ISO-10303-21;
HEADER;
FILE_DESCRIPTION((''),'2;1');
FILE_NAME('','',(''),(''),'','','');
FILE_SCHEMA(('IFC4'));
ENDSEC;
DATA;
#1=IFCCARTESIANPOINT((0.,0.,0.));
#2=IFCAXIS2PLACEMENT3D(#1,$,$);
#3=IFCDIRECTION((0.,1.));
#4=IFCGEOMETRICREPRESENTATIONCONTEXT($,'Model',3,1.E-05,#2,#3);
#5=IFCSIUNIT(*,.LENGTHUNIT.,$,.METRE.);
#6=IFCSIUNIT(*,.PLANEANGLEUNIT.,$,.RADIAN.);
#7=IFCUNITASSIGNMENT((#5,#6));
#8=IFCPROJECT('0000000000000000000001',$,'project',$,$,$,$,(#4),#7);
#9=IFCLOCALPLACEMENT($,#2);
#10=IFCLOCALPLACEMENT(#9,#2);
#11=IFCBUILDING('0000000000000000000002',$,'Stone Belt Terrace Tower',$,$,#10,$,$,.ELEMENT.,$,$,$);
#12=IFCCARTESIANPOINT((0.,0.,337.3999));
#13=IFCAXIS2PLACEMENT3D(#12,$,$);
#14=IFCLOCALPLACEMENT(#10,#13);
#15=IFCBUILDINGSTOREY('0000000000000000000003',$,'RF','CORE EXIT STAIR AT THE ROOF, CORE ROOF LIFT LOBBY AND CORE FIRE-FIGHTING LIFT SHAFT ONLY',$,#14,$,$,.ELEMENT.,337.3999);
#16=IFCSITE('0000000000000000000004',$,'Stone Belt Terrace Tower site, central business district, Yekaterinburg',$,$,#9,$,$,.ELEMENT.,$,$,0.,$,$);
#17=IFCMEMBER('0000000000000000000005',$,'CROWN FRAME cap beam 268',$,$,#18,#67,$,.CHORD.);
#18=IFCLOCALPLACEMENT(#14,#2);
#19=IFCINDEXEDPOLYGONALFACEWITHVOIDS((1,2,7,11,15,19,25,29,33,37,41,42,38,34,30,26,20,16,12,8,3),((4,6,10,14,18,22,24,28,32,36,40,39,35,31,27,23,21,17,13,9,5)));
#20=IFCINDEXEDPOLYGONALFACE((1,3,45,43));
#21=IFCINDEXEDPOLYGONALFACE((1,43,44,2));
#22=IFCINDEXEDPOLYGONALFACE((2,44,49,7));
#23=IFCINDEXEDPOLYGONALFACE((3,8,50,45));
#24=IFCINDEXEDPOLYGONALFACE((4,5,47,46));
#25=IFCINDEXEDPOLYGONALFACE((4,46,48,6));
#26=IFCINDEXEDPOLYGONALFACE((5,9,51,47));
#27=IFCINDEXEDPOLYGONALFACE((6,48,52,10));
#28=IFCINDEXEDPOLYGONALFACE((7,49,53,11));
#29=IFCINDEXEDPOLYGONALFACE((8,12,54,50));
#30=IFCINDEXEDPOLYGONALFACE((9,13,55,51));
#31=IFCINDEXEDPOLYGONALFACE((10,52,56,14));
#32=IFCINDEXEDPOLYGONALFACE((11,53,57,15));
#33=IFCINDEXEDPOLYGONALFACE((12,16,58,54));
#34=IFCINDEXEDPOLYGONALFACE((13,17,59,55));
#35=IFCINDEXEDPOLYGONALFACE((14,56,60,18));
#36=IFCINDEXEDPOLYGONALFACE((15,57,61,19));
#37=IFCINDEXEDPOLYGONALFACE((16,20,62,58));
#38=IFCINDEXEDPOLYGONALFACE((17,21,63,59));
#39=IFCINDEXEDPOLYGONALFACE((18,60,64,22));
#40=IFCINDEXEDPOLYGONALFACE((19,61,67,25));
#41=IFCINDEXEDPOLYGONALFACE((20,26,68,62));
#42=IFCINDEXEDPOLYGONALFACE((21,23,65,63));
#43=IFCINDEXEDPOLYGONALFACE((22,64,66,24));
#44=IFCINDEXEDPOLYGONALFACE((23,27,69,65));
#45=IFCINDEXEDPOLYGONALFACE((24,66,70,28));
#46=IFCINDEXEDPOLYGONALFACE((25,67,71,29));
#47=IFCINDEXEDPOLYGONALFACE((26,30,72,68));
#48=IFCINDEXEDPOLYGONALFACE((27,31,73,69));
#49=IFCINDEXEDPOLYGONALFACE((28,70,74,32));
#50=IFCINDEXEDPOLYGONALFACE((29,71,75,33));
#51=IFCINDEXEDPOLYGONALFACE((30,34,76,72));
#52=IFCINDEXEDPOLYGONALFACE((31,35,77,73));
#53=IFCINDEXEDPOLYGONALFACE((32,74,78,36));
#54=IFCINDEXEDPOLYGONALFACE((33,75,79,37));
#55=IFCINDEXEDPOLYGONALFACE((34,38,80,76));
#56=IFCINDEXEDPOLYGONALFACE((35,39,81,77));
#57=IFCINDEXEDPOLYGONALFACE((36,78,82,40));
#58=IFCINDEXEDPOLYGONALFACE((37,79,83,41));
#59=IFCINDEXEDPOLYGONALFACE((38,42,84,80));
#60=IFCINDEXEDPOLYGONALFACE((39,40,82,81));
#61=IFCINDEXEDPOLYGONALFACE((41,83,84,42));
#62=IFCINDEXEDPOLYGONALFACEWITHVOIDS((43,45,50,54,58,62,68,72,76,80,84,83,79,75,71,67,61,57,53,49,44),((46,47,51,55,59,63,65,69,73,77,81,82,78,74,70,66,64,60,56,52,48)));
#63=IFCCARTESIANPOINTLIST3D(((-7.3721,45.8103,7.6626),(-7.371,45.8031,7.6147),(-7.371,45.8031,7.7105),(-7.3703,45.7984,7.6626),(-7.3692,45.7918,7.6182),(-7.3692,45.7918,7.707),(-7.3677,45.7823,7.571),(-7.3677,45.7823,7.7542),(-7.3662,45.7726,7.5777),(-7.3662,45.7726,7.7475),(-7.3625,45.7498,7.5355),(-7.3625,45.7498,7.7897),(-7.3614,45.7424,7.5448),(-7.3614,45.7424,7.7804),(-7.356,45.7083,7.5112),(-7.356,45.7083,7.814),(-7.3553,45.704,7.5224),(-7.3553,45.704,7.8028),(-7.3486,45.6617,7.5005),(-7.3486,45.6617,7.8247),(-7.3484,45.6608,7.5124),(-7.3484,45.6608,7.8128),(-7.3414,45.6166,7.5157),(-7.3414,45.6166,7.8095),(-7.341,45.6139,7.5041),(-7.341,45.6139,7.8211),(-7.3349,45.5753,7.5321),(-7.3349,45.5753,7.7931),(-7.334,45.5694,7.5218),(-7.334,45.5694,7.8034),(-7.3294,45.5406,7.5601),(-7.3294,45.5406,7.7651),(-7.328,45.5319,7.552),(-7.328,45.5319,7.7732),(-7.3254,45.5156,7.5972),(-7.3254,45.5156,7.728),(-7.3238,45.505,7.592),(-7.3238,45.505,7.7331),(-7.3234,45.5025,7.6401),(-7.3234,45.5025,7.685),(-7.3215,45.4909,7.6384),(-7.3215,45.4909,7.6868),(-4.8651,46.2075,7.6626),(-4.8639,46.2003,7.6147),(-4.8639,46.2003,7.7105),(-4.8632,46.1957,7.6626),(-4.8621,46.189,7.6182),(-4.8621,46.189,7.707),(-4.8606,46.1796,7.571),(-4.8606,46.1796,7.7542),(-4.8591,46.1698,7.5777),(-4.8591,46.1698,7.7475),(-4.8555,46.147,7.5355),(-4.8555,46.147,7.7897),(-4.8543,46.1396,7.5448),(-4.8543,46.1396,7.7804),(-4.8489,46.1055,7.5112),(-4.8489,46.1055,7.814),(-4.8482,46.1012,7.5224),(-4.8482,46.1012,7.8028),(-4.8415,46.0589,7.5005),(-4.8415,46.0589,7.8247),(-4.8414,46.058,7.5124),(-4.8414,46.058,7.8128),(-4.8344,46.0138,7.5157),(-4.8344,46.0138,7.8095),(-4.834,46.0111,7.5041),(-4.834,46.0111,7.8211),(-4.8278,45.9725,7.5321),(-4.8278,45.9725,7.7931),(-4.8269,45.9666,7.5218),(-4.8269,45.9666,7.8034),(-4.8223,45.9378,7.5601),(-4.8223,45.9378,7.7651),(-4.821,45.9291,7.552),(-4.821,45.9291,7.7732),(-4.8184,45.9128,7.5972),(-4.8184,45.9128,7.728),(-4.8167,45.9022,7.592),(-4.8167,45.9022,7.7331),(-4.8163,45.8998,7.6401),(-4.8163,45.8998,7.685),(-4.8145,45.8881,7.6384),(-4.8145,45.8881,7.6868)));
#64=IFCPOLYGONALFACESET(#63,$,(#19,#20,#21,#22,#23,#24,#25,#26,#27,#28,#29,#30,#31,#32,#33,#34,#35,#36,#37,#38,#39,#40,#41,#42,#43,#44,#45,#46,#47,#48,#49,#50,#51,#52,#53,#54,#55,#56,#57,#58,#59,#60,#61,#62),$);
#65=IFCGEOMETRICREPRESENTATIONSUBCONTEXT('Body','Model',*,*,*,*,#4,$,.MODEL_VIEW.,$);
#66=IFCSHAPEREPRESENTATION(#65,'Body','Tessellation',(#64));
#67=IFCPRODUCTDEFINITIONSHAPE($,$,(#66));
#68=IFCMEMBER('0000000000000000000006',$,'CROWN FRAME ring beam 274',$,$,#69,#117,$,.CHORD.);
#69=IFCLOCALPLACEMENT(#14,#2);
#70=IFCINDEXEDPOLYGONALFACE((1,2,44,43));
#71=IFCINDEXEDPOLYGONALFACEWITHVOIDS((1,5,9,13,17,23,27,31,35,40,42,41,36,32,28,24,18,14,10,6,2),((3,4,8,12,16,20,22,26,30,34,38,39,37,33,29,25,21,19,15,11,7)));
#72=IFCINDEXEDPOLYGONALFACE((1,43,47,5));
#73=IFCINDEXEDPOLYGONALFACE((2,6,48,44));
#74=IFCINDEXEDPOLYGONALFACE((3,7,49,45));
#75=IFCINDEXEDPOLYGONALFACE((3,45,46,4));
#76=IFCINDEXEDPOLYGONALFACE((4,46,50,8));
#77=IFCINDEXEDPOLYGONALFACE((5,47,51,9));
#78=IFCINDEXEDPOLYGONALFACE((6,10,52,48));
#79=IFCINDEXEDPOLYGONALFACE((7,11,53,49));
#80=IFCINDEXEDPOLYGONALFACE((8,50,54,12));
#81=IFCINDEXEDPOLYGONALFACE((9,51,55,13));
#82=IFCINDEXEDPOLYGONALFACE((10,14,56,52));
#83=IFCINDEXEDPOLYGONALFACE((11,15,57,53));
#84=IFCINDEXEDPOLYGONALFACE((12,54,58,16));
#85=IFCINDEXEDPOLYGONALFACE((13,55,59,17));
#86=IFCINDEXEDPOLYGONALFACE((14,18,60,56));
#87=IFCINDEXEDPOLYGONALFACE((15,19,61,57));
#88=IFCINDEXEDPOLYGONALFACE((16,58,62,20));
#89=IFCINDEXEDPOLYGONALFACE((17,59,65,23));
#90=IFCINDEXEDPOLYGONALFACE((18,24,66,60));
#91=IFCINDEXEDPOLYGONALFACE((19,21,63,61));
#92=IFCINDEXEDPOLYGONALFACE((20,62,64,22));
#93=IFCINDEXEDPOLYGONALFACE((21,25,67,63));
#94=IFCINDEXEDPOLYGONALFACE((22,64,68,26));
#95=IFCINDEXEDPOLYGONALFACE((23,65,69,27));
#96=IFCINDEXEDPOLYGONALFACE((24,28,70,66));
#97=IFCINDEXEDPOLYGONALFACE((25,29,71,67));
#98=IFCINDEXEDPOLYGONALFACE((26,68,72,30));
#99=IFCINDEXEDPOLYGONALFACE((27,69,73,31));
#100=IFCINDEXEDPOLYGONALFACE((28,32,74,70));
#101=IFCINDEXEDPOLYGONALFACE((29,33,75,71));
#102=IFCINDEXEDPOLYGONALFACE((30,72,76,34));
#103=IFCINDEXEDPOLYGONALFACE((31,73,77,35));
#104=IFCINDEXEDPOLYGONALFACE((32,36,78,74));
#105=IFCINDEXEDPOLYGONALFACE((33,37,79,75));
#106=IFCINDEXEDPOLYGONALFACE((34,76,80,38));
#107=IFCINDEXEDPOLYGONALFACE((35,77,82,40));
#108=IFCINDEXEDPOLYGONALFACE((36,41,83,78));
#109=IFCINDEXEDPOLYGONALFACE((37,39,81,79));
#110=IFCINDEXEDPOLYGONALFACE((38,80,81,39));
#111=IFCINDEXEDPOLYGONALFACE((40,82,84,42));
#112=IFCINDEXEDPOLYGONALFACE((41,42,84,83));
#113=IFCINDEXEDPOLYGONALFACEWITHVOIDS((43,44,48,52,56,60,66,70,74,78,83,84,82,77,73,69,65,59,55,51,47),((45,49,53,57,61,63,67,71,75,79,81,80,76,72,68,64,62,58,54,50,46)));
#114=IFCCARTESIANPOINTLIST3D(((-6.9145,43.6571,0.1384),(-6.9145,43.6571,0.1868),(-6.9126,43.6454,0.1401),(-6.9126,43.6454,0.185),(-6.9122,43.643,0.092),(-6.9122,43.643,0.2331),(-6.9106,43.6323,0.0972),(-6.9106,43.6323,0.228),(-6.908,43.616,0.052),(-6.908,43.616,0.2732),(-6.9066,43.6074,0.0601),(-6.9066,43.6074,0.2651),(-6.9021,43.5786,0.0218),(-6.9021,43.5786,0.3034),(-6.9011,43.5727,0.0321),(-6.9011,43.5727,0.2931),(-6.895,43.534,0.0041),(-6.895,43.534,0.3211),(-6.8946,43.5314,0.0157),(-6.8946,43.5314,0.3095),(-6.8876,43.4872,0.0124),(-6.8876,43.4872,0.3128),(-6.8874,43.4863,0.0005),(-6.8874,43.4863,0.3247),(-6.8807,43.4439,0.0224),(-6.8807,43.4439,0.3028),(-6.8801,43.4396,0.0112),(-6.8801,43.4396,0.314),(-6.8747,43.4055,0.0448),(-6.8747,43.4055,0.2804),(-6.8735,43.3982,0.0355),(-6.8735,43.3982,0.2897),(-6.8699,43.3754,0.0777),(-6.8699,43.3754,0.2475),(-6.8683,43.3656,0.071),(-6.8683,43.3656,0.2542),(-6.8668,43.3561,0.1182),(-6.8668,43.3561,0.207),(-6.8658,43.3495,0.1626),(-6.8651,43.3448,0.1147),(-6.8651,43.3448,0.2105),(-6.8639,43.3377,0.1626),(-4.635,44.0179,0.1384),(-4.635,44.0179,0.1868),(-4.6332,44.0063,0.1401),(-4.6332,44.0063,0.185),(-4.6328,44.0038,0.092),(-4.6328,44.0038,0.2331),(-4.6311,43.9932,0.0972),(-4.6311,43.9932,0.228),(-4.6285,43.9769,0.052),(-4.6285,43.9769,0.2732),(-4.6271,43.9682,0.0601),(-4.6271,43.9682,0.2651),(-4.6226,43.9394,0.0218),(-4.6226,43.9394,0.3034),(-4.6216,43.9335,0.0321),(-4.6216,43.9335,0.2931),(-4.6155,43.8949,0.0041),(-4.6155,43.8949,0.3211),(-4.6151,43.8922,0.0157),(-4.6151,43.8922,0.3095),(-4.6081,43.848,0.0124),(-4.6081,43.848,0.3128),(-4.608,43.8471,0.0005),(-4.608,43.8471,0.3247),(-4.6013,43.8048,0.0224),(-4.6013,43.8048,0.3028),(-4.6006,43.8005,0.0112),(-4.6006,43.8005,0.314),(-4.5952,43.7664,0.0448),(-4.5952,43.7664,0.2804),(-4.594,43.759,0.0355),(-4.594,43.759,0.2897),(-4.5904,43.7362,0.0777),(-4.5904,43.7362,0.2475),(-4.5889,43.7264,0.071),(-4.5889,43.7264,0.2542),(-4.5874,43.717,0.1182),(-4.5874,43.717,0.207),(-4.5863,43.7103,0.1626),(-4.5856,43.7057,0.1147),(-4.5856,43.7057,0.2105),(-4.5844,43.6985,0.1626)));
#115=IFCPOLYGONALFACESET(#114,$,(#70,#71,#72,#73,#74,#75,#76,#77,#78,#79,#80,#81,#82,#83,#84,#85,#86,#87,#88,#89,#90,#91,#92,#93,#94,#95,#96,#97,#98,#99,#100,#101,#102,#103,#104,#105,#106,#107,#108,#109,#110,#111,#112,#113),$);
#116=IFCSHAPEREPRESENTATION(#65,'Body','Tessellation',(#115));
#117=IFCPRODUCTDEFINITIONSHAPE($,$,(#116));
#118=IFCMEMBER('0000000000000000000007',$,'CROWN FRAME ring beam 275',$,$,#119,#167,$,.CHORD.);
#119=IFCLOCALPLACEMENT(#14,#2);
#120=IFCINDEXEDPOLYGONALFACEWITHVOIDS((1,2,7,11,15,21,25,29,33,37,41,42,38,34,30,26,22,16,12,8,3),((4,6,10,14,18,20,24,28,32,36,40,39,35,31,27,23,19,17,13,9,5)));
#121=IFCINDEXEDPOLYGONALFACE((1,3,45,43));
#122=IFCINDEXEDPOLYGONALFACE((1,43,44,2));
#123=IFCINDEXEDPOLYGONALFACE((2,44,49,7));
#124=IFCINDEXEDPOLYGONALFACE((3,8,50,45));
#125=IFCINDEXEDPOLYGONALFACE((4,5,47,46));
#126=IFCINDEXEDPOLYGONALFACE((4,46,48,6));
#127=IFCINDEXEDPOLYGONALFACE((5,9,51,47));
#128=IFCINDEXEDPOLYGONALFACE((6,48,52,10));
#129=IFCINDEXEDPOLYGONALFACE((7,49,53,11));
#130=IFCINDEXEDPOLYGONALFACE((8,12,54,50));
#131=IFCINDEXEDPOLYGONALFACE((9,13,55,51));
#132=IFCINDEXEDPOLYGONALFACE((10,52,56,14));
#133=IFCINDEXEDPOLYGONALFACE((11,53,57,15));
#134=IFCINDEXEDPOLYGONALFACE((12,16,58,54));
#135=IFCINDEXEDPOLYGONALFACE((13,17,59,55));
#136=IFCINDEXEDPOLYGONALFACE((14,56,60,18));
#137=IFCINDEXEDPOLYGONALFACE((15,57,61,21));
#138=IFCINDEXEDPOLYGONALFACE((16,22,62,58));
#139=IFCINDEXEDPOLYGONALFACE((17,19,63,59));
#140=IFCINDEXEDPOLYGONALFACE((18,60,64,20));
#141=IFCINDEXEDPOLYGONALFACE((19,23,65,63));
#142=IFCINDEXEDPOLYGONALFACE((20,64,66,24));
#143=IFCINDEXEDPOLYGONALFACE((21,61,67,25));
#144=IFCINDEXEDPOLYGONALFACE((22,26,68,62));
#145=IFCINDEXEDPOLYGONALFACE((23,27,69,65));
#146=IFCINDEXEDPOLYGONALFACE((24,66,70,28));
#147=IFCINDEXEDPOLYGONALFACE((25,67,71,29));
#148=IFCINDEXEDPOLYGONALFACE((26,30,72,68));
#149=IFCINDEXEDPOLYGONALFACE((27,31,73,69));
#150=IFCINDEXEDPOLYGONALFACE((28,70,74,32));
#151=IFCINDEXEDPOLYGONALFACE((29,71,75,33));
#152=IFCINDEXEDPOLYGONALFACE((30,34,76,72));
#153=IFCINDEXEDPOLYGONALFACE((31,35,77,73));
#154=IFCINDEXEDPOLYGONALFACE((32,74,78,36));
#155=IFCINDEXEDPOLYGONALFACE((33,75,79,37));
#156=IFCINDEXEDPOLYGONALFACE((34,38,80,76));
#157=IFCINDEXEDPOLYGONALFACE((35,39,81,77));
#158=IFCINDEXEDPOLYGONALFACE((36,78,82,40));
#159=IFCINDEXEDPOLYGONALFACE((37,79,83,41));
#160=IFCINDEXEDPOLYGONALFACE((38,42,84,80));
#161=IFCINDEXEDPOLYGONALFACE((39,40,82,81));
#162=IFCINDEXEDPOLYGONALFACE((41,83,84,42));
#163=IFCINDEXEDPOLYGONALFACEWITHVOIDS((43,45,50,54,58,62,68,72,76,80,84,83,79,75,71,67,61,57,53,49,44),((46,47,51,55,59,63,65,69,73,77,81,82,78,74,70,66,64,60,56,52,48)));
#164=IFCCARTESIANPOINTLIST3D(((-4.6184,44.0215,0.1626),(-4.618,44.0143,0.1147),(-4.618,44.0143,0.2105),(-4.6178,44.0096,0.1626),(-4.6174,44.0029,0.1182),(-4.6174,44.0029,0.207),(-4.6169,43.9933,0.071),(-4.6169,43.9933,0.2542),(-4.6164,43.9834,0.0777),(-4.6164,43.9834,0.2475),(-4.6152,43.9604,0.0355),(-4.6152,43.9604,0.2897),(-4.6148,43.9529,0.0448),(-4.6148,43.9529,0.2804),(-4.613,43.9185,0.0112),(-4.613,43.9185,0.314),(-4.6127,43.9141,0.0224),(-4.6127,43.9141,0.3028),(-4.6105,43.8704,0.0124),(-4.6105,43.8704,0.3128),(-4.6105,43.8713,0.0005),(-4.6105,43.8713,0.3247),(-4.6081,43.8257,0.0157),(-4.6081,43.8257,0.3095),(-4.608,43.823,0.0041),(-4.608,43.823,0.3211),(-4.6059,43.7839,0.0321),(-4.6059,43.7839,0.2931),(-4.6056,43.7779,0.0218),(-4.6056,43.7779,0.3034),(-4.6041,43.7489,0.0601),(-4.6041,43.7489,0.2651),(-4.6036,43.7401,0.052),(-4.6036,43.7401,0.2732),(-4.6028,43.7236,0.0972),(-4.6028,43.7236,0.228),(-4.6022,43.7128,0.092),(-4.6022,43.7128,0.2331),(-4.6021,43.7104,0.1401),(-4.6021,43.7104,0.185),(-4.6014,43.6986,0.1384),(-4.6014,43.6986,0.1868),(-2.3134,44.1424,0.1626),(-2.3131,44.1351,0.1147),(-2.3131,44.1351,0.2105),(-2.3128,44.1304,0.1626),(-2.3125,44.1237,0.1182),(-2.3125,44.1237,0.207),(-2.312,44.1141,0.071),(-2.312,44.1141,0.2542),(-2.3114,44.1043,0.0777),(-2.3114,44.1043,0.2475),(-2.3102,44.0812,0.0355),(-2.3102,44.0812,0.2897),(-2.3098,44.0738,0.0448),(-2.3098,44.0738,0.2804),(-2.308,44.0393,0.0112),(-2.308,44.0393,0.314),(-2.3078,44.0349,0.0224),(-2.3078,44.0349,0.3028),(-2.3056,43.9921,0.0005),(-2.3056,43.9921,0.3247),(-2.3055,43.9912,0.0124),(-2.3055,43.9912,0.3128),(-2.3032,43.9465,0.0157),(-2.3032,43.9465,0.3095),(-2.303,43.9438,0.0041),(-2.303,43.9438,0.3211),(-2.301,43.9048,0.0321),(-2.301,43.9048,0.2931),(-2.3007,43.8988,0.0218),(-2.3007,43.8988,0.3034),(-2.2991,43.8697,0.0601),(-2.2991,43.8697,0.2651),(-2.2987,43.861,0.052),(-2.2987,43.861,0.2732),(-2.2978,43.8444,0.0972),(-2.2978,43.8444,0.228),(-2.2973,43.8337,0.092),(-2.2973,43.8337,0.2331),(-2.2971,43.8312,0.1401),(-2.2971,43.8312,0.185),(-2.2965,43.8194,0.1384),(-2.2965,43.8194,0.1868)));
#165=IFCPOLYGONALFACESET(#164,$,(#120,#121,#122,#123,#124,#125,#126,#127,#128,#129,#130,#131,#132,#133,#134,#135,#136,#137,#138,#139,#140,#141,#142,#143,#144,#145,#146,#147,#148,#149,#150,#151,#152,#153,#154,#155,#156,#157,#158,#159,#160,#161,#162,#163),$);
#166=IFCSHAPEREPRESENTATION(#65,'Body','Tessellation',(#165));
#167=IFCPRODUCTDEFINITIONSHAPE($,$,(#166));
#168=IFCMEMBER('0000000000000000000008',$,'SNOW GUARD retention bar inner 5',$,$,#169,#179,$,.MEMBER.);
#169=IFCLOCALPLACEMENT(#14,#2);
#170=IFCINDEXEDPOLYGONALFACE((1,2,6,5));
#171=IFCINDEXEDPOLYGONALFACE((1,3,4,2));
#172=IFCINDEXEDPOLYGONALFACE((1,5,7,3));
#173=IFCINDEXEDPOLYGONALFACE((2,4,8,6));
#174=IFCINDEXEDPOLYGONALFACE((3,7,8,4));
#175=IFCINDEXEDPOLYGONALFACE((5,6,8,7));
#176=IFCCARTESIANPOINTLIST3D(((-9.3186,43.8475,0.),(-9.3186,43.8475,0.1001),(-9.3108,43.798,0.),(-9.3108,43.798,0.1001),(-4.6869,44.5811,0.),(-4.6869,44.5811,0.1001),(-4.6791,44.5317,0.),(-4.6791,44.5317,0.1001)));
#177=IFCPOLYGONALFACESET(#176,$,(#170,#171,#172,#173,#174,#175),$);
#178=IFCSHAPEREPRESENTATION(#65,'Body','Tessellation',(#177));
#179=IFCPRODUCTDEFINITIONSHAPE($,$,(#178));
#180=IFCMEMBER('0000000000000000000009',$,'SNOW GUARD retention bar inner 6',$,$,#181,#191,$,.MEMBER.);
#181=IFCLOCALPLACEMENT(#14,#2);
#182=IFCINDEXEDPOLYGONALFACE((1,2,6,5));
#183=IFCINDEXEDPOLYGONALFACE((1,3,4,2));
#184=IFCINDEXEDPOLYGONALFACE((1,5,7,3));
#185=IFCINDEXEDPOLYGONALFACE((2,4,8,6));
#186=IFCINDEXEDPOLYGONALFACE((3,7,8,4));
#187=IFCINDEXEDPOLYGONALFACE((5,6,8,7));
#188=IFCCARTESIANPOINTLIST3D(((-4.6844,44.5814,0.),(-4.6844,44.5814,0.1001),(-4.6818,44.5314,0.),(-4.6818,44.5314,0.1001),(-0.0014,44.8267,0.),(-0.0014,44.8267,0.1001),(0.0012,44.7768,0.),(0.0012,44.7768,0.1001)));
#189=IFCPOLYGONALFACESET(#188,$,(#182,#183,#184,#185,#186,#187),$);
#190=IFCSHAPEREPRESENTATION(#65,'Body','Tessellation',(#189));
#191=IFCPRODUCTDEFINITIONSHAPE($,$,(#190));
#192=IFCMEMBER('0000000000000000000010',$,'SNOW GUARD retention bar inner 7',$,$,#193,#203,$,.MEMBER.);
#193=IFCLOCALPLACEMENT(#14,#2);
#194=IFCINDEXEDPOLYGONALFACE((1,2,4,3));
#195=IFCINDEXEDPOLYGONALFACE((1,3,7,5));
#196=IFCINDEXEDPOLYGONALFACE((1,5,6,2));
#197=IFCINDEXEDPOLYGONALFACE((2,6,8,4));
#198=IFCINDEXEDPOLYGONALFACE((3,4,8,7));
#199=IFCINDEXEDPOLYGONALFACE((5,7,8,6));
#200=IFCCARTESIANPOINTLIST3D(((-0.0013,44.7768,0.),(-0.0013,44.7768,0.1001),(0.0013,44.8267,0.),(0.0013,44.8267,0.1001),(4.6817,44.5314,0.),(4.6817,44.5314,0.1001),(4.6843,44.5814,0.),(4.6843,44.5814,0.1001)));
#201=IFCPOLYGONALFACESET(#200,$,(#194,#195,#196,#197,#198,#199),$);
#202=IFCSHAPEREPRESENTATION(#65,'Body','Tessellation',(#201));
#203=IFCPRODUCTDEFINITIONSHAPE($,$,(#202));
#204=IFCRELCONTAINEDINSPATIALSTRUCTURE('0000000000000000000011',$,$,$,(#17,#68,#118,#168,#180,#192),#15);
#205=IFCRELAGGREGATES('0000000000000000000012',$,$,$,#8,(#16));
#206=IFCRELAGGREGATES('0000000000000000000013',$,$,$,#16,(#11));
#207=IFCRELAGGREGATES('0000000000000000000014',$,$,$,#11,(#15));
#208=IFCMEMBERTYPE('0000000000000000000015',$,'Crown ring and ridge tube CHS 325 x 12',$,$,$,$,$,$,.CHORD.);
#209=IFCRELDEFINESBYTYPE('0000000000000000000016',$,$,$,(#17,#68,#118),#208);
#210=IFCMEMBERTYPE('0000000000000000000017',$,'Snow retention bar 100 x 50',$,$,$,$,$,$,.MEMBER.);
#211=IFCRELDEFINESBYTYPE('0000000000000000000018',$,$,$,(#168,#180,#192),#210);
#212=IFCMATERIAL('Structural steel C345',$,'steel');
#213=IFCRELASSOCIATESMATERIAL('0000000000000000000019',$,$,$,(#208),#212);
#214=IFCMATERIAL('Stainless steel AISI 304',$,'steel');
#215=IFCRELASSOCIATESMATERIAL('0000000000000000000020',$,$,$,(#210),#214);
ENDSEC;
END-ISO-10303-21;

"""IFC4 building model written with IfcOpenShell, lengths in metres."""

from ifc_helpers import new_model, si_unit, direction, frame, origin, origin_2d, place, context, subcontext, project, spatial, rectangle, hollow_circle, extrude, material, material_profile, profile_set, type_object, element, save


model = new_model("IFC4")

# Units and contexts
model_context = context("Model", 3, precision=1e-05, world=origin(), true_north=direction((0.0, 1.0)))
body_context = subcontext(model_context, "Body", "Model", "MODEL_VIEW")
ifc_project = project(units=[si_unit("LENGTHUNIT", "METRE"), si_unit("PLANEANGLEUNIT", "RADIAN")], contexts=[model_context])

# Site, building, storey
site_placement = place(None, origin())
site = spatial("IfcSite", under=ifc_project, at=site_placement, Name="Stone Belt Terrace Tower site, central business district, Yekaterinburg", CompositionType="ELEMENT", RefElevation=0.0)
building_placement = place(site_placement, origin())
building = spatial("IfcBuilding", under=site, at=building_placement, Name="Stone Belt Terrace Tower", CompositionType="ELEMENT")
storey_placement = place(building_placement, frame((0.0, 0.0, 337.3999)))
storey = spatial("IfcBuildingStorey", under=building, at=storey_placement, Name="RF", Description="CORE EXIT STAIR AT THE ROOF, CORE ROOF LIFT LOBBY AND CORE FIRE-FIGHTING LIFT SHAFT ONLY", CompositionType="ELEMENT", Elevation=337.3999)

# Members
ifc_material_1 = material(Name="Structural steel C345", Category="steel")
ifc_material_profile_1 = material_profile(ifc_material_1, hollow_circle(Radius=0.1626, WallThickness=0.012, at=origin_2d()), Name="Structural steel C345 CHS 325x12")
ifc_profile_set_1 = profile_set([ifc_material_profile_1], Name="Structural steel C345")
member_type_1 = type_object("IfcMemberType", Name="Crown ring and ridge tube CHS 325 x 12", PredefinedType="CHORD", material=ifc_profile_set_1)
member_1_placement = place(storey_placement, frame((-7.3467, 45.6497, 7.6626), z_axis=(0.98768, 0.156486, 0.0), x_axis=(-0.156486, 0.98768, 0.0)))
element("IfcMember", 1, at=member_1_placement, inside=storey, type_object=member_type_1, Name="CROWN FRAME cap beam 268", PredefinedType="CHORD", context=body_context, shape_type="SweptSolid", body=[
    extrude(hollow_circle(Radius=0.1626, WallThickness=0.012, at=origin_2d()), origin(), (0.0, 0.0, 1.0), 2.5383),
])
member_2_placement = place(storey_placement, frame((-4.6099, 43.8591, 0.1626), z_axis=(-0.987702, -0.156348, 0.0), x_axis=(0.156348, -0.987702, 0.0)))
element("IfcMember", 2, at=member_2_placement, inside=storey, type_object=member_type_1, Name="CROWN FRAME ring beam 274", PredefinedType="CHORD", context=body_context, shape_type="SweptSolid", body=[
    extrude(hollow_circle(Radius=0.1626, WallThickness=0.012, at=origin_2d()), origin(), (0.0, 0.0, 1.0), 2.3079),
])
member_3_placement = place(storey_placement, frame((-4.6099, 43.8591, 0.1626), z_axis=(0.998628, 0.052359, 0.0), x_axis=(-0.052359, 0.998628, 0.0)))
element("IfcMember", 3, at=member_3_placement, inside=storey, type_object=member_type_1, Name="CROWN FRAME ring beam 275", PredefinedType="CHORD", context=body_context, shape_type="SweptSolid", body=[
    extrude(hollow_circle(Radius=0.1626, WallThickness=0.012, at=origin_2d()), origin(), (0.0, 0.0, 1.0), 2.3081),
])
ifc_material_2 = material(Name="Stainless steel AISI 304", Category="steel")
ifc_material_profile_2 = material_profile(ifc_material_2, rectangle(XDim=0.05, YDim=0.1001, at=origin_2d()), Name="Stainless steel AISI 304 100x50")
ifc_profile_set_2 = profile_set([ifc_material_profile_2], Name="Stainless steel AISI 304")
member_type_2 = type_object("IfcMemberType", Name="Snow retention bar 100 x 50", PredefinedType="MEMBER", material=ifc_profile_set_2)
for number, where, z_axis, x_axis, name in (
    (4, (-9.3147, 43.8228, 0.05), (0.987686, 0.156449, 0.0), (-0.156449, 0.987686, 0.0), "SNOW GUARD retention bar inner 5"),
    (5, (-4.6831, 44.5564, 0.05), (0.99863, 0.052321, 0.0), (-0.052321, 0.99863, 0.0), "SNOW GUARD retention bar inner 6"),
    (6, (0.0, 44.8018, 0.05), (0.99863, -0.052321, 0.0), (0.052321, 0.99863, 0.0), "SNOW GUARD retention bar inner 7"),
):
    element("IfcMember", number, at=place(storey_placement, frame(where, z_axis=z_axis, x_axis=x_axis)), inside=storey, type_object=member_type_2, Name=name, PredefinedType="MEMBER", context=body_context, shape_type="SweptSolid", body=[
        extrude(rectangle(XDim=0.05, YDim=0.1001, at=origin_2d()), origin(), (0.0, 0.0, 1.0), 4.6895),
    ])

save(model, "model.ifc")
